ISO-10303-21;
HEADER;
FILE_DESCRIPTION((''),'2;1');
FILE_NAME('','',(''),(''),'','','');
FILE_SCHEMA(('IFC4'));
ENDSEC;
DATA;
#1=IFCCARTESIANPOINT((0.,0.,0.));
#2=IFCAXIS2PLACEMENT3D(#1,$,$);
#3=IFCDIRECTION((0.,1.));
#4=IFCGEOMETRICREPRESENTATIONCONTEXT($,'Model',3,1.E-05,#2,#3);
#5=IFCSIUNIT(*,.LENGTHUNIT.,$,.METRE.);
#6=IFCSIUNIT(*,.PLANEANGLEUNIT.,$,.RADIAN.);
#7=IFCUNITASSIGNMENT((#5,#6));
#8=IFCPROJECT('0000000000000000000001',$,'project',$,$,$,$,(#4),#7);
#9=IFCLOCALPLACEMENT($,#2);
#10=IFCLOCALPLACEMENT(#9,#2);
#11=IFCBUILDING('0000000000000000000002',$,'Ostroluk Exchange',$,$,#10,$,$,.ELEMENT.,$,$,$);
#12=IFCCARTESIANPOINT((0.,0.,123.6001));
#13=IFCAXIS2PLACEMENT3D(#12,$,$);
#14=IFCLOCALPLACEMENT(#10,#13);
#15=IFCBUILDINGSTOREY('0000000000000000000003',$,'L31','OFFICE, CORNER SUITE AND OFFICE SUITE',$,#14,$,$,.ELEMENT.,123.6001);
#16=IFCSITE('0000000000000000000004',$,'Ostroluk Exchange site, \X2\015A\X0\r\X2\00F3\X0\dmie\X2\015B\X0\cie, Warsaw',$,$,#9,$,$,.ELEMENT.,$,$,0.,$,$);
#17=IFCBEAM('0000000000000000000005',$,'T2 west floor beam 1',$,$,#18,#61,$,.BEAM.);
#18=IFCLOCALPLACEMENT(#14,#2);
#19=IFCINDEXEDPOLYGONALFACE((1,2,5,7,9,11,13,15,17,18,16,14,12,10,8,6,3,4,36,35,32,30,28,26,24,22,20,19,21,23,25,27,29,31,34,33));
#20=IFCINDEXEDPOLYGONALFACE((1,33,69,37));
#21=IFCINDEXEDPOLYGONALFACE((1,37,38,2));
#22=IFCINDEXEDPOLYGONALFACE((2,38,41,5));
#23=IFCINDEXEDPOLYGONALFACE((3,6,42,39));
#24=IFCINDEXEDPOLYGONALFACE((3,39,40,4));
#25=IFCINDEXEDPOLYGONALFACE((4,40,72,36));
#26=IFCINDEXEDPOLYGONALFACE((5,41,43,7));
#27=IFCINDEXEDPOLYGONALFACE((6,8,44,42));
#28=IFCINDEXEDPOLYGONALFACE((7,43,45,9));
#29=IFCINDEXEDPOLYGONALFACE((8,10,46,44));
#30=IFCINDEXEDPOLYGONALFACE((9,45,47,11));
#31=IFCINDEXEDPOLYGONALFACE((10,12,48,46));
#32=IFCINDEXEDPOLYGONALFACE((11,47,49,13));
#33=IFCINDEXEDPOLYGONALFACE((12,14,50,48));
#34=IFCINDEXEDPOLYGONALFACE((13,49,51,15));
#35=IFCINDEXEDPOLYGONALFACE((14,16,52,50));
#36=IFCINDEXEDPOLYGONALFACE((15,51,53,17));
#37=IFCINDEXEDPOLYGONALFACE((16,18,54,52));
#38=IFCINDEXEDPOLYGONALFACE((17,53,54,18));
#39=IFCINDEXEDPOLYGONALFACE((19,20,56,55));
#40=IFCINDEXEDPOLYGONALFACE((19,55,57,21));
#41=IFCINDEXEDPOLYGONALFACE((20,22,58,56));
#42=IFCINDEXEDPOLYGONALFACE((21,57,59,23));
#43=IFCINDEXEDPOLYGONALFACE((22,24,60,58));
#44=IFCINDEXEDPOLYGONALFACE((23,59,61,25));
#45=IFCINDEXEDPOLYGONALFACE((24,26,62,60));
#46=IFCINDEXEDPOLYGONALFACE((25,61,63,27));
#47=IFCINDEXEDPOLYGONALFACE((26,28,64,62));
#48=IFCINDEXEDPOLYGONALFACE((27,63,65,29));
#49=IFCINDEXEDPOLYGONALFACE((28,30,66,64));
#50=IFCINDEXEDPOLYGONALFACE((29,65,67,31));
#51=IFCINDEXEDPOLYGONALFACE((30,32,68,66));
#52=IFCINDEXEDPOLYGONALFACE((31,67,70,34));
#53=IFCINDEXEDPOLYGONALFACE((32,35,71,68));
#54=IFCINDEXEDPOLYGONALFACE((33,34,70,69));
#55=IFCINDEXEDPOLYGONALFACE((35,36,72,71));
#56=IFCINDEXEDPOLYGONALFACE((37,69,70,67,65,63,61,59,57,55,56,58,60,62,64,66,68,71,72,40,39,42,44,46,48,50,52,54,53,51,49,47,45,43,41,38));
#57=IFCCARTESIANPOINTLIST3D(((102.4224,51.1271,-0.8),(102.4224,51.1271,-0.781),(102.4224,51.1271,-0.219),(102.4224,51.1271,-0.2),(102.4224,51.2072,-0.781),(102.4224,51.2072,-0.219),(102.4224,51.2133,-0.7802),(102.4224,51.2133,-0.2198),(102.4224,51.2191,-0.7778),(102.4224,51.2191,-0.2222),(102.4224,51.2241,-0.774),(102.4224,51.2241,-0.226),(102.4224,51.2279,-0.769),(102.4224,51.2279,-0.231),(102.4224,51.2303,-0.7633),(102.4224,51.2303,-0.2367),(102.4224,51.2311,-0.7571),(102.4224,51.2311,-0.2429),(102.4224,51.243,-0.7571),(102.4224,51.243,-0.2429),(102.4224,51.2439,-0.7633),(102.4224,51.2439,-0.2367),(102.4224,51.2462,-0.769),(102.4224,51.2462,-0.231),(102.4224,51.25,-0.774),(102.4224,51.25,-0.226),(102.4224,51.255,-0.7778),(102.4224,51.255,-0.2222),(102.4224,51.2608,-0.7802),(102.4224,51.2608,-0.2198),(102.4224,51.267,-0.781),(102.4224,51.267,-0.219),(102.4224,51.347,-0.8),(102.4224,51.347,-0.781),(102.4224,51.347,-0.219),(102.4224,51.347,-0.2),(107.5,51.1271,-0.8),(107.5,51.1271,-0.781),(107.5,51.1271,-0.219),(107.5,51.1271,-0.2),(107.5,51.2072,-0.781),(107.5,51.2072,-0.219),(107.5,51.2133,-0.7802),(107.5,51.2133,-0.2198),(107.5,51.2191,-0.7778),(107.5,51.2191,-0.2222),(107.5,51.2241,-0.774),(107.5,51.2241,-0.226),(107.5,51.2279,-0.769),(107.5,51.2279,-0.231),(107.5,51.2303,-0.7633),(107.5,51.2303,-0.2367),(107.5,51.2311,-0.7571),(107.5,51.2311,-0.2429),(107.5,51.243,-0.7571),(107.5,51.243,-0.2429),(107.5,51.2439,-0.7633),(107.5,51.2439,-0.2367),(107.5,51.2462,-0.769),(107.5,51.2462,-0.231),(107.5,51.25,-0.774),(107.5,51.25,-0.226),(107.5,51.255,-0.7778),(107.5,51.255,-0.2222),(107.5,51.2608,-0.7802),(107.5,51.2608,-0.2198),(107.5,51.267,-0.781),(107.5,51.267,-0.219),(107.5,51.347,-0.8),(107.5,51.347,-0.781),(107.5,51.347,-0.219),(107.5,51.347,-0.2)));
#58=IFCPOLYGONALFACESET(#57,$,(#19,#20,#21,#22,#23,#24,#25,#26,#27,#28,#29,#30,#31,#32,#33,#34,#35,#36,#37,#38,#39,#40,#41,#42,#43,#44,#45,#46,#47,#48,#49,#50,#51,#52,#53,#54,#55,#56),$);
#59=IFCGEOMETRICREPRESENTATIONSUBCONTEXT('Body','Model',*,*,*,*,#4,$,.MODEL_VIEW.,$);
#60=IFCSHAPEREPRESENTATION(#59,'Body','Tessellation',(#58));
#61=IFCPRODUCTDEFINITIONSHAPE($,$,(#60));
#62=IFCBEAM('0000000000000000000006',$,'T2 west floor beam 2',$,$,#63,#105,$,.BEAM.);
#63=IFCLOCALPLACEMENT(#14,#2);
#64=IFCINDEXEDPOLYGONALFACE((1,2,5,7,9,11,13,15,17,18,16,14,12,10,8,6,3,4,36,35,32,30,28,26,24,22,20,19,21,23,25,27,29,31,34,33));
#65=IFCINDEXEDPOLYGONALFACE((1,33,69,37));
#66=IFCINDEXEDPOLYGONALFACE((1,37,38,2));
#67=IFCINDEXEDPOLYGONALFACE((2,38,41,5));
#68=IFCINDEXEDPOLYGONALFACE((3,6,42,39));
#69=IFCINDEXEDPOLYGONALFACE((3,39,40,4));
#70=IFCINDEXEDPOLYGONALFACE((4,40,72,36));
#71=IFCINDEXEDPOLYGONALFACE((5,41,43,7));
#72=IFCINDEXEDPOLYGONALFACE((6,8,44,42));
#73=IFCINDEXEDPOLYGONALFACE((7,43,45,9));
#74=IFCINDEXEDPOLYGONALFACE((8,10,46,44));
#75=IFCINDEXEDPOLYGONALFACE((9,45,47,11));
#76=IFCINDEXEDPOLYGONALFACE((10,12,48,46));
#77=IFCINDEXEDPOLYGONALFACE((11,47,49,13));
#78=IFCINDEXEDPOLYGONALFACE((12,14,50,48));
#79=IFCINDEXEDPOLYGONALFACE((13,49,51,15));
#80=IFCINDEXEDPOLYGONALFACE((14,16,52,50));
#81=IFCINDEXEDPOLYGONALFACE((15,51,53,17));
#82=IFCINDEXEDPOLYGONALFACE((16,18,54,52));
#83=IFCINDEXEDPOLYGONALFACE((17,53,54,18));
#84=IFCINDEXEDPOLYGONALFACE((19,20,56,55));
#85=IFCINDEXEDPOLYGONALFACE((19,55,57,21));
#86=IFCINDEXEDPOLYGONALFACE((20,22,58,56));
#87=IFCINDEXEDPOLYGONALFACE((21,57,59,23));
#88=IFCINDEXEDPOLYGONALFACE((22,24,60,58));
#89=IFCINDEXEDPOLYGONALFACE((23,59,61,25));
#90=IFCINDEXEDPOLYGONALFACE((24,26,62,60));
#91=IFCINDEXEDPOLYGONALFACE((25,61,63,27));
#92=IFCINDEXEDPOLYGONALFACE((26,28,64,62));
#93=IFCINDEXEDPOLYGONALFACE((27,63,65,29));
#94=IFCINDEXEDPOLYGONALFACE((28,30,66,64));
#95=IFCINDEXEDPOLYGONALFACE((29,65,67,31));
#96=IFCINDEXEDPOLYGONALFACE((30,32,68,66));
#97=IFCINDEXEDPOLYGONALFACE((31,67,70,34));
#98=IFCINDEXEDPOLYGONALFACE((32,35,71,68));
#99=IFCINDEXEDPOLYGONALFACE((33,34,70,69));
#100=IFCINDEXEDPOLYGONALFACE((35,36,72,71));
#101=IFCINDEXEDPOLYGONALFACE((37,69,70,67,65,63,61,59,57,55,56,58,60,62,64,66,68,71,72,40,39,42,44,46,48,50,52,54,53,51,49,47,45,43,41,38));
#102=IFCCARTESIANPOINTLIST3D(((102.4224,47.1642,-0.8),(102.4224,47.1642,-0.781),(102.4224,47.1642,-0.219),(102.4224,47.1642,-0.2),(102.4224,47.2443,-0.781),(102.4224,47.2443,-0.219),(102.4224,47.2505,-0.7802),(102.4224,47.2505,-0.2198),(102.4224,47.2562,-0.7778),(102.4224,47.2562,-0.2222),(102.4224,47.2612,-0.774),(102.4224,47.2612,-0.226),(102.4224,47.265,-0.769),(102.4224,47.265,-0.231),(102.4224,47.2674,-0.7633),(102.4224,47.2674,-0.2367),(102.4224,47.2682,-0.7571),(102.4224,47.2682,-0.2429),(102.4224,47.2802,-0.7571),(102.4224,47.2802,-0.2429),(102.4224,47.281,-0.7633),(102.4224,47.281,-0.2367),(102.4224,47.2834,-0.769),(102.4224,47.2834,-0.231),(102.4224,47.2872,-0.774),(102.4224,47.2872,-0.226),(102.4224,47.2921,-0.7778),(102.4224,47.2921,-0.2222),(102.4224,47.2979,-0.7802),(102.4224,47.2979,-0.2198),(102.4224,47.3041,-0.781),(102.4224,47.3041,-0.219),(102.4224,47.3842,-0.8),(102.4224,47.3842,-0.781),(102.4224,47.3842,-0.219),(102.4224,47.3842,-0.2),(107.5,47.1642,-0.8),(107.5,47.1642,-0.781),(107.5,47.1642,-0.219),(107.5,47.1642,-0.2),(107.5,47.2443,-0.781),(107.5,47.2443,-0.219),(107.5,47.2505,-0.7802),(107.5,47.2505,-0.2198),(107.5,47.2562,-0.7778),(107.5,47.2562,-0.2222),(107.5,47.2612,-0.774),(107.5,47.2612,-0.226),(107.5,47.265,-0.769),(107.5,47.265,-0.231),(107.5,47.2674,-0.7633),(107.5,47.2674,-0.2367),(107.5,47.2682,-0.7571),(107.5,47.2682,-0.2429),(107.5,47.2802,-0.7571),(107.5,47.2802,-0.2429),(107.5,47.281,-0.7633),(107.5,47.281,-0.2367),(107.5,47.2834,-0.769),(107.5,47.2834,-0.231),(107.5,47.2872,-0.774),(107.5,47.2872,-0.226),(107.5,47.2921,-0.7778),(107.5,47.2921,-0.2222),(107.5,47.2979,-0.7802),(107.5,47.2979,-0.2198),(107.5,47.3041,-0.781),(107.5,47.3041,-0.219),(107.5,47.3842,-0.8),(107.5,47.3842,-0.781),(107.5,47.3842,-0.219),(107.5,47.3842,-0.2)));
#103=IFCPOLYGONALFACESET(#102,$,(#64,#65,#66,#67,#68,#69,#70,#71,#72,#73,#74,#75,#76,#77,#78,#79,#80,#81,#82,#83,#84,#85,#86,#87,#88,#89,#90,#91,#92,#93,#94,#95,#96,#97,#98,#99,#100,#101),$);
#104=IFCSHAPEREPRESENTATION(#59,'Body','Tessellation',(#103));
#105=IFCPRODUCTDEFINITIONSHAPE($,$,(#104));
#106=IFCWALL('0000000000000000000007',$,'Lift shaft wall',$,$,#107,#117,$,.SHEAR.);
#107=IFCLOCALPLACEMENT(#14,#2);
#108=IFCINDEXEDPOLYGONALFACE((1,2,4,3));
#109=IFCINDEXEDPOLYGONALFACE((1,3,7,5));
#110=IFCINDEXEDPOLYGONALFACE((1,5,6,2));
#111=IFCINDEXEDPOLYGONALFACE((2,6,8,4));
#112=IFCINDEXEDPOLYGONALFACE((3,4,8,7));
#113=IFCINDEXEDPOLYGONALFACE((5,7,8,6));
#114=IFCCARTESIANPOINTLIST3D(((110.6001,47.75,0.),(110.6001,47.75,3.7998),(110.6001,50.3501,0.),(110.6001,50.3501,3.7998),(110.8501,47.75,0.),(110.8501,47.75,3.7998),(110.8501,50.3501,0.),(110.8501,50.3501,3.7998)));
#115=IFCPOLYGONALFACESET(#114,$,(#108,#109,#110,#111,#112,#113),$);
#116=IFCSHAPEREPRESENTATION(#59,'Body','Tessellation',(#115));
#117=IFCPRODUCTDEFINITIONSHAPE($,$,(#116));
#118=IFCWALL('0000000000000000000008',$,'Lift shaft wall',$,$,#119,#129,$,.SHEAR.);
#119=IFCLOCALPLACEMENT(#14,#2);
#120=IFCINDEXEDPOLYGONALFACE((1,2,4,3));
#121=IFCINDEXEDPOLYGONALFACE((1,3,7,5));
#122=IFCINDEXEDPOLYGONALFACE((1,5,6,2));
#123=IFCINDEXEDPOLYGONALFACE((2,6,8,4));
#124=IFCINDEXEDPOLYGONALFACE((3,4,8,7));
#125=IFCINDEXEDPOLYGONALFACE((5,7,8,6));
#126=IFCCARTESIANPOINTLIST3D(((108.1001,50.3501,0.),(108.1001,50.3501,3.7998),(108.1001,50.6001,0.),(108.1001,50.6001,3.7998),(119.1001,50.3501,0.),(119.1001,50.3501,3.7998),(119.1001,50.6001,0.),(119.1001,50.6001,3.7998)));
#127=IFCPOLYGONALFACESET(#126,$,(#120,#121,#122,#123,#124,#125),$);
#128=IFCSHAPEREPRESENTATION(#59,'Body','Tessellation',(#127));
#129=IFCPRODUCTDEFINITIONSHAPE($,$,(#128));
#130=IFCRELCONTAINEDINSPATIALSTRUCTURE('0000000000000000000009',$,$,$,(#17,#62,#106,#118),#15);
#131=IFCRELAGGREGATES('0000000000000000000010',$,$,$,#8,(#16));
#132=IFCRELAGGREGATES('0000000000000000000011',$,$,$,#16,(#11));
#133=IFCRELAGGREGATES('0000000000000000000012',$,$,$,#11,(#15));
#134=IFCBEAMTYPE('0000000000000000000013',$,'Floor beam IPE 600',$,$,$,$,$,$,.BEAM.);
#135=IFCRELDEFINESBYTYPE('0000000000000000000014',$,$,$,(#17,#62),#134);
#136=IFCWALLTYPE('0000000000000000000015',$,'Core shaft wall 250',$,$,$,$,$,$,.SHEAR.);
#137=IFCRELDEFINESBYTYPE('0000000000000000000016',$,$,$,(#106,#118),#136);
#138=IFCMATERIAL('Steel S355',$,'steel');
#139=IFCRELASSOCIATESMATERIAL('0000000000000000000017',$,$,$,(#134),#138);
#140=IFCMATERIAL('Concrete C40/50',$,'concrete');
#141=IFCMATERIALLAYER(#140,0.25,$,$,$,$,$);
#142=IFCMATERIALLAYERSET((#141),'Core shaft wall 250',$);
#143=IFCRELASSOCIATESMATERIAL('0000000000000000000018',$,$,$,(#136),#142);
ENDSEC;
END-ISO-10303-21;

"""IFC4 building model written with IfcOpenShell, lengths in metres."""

from ifc_helpers import new_model, si_unit, direction, frame, frame_2d, origin, origin_2d, place, context, subcontext, project, spatial, rectangle, i_section, extrude, material, layer, layer_set, material_profile, profile_set, type_object, element, save


model = new_model("IFC4")

# Units and contexts
model_context = context("Model", 3, precision=1e-05, world=origin(), true_north=direction((0.0, 1.0)))
body_context = subcontext(model_context, "Body", "Model", "MODEL_VIEW")
ifc_project = project(units=[si_unit("LENGTHUNIT", "METRE"), si_unit("PLANEANGLEUNIT", "RADIAN")], contexts=[model_context])

# Site, building, storey
site_placement = place(None, origin())
site = spatial("IfcSite", under=ifc_project, at=site_placement, Name="Ostroluk Exchange site, Śródmieście, Warsaw", CompositionType="ELEMENT", RefElevation=0.0)
building_placement = place(site_placement, origin())
building = spatial("IfcBuilding", under=site, at=building_placement, Name="Ostroluk Exchange", CompositionType="ELEMENT")
storey_placement = place(building_placement, frame((0.0, 0.0, 123.6001)))
storey = spatial("IfcBuildingStorey", under=building, at=storey_placement, Name="L31", Description="OFFICE, CORNER SUITE AND OFFICE SUITE", CompositionType="ELEMENT", Elevation=123.6001)

# Beams
ifc_material_1 = material(Name="Steel S355", Category="steel")
ifc_material_profile = material_profile(ifc_material_1, i_section(OverallWidth=0.22, OverallDepth=0.6001, WebThickness=0.012, FlangeThickness=0.019, FilletRadius=0.0239, at=origin_2d()), Name="IPE 600")
ifc_profile_set = profile_set([ifc_material_profile], Name="Steel S355")
beam_type = type_object("IfcBeamType", Name="Floor beam IPE 600", PredefinedType="BEAM", material=ifc_profile_set)
for number, where, z_axis, x_axis, name in (
    (1, (107.5, 51.2371, -0.5), (-1.0, 0.0, 0.0), (0.0, -1.0, 0.0), "T2 west floor beam 1"),
    (2, (107.5, 47.2742, -0.5), (-1.0, 0.0, 0.0), (0.0, -1.0, 0.0), "T2 west floor beam 2"),
):
    element("IfcBeam", number, at=place(storey_placement, frame(where, z_axis=z_axis, x_axis=x_axis)), inside=storey, type_object=beam_type, Name=name, PredefinedType="BEAM", context=body_context, shape_type="SweptSolid", body=[
        extrude(i_section(OverallWidth=0.22, OverallDepth=0.6001, WebThickness=0.012, FlangeThickness=0.019, FilletRadius=0.0239, at=origin_2d()), origin(), (0.0, 0.0, 1.0), 5.0776),
    ])

# Walls
ifc_material_2 = material(Name="Concrete C40/50", Category="concrete")
ifc_layer_1 = layer(ifc_material_2, 0.25)
ifc_layer_set_1 = layer_set([ifc_layer_1], Name="Core shaft wall 250")
wall_type_1 = type_object("IfcWallType", Name="Core shaft wall 250", PredefinedType="SHEAR", material=ifc_layer_set_1)
wall_1_placement = place(storey_placement, frame((110.7251, 47.75, 0.0), z_axis=(0.0, 0.0, 1.0), x_axis=(0.0, 1.0, 0.0)))
element("IfcWall", 3, at=wall_1_placement, inside=storey, type_object=wall_type_1, Name="Lift shaft wall", PredefinedType="SHEAR", context=body_context, shape_type="SweptSolid", body=[
    extrude(rectangle(XDim=2.6001, YDim=0.25, at=frame_2d((1.3, 0.0))), origin(), (0.0, 0.0, 1.0), 3.7998),
])
wall_2_placement = place(storey_placement, frame((108.1001, 50.4751, 0.0), z_axis=(0.0, 0.0, 1.0), x_axis=(1.0, 0.0, 0.0)))
element("IfcWall", 4, at=wall_2_placement, inside=storey, type_object=wall_type_1, Name="Lift shaft wall", PredefinedType="SHEAR", context=body_context, shape_type="SweptSolid", body=[
    extrude(rectangle(XDim=11.0, YDim=0.25, at=frame_2d((5.5, 0.0))), origin(), (0.0, 0.0, 1.0), 3.7998),
])

save(model, "model.ifc")
